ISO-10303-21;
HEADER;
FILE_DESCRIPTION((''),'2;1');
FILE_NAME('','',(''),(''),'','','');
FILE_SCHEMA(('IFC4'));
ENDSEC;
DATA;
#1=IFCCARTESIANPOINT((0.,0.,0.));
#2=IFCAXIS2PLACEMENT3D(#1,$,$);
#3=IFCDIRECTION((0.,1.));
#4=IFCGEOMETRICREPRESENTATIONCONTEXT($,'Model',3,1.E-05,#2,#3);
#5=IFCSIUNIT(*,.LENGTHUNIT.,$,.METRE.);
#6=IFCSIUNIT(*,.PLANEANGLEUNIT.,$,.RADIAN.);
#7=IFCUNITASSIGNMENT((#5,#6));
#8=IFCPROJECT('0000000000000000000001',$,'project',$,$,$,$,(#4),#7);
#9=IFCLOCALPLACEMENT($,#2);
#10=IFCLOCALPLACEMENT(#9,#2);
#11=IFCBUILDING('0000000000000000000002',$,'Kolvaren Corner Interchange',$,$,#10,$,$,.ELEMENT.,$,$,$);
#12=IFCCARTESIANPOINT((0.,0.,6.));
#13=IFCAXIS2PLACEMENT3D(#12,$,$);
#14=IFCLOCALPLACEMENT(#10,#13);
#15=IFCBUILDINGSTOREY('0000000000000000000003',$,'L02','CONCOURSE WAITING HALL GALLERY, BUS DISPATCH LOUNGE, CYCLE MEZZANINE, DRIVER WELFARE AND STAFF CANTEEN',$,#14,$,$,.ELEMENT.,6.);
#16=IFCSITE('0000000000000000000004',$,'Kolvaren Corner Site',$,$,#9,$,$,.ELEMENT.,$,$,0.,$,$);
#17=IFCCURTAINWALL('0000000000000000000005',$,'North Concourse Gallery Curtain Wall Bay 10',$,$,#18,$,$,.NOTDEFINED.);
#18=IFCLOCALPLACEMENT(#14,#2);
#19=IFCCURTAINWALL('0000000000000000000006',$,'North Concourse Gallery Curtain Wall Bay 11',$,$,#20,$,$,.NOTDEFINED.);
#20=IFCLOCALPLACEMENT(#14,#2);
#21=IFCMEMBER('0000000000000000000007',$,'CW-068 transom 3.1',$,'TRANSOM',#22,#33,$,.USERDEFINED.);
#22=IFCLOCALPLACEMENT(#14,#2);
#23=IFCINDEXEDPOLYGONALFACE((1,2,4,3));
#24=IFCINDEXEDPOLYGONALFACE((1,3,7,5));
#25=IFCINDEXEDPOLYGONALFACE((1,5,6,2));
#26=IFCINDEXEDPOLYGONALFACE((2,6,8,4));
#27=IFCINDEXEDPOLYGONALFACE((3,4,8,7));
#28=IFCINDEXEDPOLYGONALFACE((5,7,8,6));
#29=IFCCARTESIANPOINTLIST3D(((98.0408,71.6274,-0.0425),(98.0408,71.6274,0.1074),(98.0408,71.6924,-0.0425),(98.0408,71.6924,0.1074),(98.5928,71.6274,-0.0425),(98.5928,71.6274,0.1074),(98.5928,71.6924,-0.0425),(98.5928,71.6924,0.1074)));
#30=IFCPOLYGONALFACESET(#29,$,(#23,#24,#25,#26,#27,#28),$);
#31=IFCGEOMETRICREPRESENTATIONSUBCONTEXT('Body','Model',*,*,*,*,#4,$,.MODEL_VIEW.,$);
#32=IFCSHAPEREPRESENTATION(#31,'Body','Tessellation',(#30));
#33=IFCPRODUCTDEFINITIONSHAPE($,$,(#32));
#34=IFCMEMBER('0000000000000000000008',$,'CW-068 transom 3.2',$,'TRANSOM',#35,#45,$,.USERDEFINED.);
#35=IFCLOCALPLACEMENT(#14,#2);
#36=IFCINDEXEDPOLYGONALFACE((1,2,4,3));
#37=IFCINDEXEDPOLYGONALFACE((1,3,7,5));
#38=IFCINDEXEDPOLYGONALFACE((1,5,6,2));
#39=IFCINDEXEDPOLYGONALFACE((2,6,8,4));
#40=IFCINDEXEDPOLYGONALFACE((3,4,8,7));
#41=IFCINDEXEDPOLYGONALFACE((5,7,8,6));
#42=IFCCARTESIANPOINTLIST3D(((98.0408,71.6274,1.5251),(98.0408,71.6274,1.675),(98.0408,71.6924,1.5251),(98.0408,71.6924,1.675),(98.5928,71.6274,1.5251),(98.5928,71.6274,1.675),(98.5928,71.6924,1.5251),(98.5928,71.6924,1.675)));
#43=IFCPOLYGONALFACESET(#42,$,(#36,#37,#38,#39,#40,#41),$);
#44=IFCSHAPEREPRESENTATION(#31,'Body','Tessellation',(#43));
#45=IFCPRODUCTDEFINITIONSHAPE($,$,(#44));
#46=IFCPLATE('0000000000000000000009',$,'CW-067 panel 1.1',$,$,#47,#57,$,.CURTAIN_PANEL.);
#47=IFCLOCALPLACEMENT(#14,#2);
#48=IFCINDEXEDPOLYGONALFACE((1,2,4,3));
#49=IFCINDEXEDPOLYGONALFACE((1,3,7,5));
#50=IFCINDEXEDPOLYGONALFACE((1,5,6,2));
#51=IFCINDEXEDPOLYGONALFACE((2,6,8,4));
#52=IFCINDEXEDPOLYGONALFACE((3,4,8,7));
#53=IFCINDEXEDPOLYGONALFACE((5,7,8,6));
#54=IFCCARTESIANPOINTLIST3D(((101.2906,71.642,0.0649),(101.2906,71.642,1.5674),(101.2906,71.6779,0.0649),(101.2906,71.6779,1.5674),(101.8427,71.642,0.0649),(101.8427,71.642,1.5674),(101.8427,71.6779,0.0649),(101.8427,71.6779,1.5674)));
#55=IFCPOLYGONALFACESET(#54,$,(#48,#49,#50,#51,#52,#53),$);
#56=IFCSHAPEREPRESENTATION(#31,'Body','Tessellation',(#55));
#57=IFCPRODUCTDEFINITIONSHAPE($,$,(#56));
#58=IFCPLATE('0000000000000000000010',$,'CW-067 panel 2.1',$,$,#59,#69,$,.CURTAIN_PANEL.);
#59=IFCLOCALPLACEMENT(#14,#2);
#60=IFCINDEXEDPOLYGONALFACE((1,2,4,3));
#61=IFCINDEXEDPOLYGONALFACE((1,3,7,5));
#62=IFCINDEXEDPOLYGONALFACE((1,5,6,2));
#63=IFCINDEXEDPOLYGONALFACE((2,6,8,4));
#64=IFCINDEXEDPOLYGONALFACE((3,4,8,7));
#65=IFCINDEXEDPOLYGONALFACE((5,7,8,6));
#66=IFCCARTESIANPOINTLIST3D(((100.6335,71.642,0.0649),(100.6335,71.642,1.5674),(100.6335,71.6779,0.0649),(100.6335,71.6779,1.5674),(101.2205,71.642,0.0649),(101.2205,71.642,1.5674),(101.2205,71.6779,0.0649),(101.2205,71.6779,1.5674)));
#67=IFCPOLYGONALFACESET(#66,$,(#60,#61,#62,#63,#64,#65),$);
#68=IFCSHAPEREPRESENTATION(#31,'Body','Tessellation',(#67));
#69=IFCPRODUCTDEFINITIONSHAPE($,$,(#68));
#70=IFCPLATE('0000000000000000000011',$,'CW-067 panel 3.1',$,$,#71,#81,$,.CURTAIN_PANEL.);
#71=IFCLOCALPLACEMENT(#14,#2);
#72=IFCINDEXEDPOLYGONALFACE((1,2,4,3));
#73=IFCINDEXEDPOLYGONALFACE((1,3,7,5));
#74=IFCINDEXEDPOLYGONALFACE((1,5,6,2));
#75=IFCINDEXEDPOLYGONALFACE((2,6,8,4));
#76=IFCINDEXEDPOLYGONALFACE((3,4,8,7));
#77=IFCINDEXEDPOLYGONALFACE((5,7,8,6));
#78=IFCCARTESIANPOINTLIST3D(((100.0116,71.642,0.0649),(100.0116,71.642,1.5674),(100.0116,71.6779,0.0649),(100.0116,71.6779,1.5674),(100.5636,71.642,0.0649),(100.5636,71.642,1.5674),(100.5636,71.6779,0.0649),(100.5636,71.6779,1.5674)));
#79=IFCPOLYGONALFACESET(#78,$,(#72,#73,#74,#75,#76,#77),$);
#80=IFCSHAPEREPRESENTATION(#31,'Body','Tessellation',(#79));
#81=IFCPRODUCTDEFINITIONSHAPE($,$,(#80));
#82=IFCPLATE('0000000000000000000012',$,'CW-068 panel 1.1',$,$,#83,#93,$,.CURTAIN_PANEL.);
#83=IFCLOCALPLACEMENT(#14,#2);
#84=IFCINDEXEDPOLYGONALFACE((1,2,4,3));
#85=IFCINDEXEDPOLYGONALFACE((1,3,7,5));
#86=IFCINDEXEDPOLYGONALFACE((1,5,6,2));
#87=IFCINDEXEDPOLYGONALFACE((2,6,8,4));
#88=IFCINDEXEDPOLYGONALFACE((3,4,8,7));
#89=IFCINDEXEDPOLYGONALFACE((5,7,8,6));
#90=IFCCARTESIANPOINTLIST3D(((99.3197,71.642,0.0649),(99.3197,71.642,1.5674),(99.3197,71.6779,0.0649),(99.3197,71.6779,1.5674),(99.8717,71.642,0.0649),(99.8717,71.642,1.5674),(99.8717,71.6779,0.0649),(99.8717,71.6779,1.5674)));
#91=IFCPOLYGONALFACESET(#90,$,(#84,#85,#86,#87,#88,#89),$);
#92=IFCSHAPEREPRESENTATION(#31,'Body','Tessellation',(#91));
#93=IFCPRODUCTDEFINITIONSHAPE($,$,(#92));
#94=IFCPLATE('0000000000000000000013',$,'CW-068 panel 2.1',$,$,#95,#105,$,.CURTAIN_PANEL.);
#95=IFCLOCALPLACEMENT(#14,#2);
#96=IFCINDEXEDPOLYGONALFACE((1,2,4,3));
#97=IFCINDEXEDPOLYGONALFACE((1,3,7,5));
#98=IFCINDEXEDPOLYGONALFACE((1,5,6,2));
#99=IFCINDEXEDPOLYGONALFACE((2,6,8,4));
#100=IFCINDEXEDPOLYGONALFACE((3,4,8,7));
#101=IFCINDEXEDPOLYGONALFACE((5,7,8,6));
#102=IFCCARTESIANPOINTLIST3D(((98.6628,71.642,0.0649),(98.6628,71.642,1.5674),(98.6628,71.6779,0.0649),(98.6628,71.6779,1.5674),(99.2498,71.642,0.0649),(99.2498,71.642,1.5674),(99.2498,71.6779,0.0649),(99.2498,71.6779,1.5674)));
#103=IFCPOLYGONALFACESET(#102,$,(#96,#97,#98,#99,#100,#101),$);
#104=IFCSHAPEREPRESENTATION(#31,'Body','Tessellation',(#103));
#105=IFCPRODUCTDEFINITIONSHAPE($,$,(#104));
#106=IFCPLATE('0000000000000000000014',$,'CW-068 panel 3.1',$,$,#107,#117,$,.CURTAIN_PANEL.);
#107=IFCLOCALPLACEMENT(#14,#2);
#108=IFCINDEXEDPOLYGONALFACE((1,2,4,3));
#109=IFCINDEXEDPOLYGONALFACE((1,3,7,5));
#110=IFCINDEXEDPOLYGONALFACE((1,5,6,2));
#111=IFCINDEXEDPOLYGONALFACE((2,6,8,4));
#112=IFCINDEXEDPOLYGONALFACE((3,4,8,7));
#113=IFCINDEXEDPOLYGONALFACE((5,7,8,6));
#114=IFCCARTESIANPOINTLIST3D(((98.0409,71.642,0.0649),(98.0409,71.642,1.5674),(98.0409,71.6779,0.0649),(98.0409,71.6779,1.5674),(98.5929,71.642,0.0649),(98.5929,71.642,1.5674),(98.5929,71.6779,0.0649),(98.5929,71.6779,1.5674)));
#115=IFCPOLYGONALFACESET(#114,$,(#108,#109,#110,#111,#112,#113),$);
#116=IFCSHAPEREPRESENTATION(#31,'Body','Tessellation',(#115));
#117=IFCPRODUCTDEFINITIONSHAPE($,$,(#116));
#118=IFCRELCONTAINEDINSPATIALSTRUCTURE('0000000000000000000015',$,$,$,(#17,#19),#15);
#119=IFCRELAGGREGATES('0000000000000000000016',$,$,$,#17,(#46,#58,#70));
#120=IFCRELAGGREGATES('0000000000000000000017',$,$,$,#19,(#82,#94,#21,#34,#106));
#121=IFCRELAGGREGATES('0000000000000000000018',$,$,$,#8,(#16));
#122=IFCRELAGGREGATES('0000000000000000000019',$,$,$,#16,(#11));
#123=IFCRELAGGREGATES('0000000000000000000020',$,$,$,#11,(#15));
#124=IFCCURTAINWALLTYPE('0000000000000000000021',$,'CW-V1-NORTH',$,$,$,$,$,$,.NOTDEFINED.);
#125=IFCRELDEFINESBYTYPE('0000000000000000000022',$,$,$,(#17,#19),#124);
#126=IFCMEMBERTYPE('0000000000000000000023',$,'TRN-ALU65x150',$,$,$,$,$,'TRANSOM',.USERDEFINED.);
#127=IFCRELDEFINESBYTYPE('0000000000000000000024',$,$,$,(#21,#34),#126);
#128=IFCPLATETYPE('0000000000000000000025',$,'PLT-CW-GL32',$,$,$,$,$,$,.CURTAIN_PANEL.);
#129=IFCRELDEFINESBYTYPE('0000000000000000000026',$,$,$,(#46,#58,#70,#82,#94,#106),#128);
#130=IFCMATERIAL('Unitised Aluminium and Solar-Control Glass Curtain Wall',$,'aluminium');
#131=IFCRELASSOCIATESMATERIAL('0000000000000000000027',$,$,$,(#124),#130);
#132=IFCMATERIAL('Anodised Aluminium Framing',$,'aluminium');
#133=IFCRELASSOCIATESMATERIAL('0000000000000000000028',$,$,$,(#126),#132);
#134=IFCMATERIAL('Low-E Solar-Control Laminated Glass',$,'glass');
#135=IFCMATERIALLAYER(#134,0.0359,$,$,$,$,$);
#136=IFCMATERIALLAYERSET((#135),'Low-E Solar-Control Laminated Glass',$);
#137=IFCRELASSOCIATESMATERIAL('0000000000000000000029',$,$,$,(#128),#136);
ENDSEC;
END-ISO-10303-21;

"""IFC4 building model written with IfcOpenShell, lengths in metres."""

from ifc_helpers import new_model, si_unit, direction, frame, origin, origin_2d, place, context, subcontext, project, spatial, rectangle, extrude, material, layer, layer_set, material_profile, profile_set, type_object, element, aggregate, save


model = new_model("IFC4")

# Units and contexts
model_context = context("Model", 3, precision=1e-05, world=origin(), true_north=direction((0.0, 1.0)))
body_context = subcontext(model_context, "Body", "Model", "MODEL_VIEW")
ifc_project = project(units=[si_unit("LENGTHUNIT", "METRE"), si_unit("PLANEANGLEUNIT", "RADIAN")], contexts=[model_context])

# Site, building, storey
site_placement = place(None, origin())
site = spatial("IfcSite", under=ifc_project, at=site_placement, Name="Kolvaren Corner Site", CompositionType="ELEMENT", RefElevation=0.0)
building_placement = place(site_placement, origin())
building = spatial("IfcBuilding", under=site, at=building_placement, Name="Kolvaren Corner Interchange", CompositionType="ELEMENT")
storey_placement = place(building_placement, frame((0.0, 0.0, 6.0)))
storey = spatial("IfcBuildingStorey", under=building, at=storey_placement, Name="L02", Description="CONCOURSE WAITING HALL GALLERY, BUS DISPATCH LOUNGE, CYCLE MEZZANINE, DRIVER WELFARE AND STAFF CANTEEN", CompositionType="ELEMENT", Elevation=6.0)

# Curtain walls
ifc_material_1 = material(Name="Unitised Aluminium and Solar-Control Glass Curtain Wall", Category="aluminium")
curtain_wall_type = type_object("IfcCurtainWallType", Name="CW-V1-NORTH", PredefinedType="NOTDEFINED", material=ifc_material_1)
curtain_wall_1_placement = place(storey_placement, origin())
curtain_wall_1 = element("IfcCurtainWall", 1, at=curtain_wall_1_placement, inside=storey, type_object=curtain_wall_type, Name="North Concourse Gallery Curtain Wall Bay 10", PredefinedType="NOTDEFINED")
curtain_wall_2_placement = place(storey_placement, origin())
curtain_wall_2 = element("IfcCurtainWall", 2, at=curtain_wall_2_placement, inside=storey, type_object=curtain_wall_type, Name="North Concourse Gallery Curtain Wall Bay 11", PredefinedType="NOTDEFINED")

# Members
ifc_material_2 = material(Name="Anodised Aluminium Framing", Category="aluminium")
ifc_material_profile_1 = material_profile(ifc_material_2, rectangle(XDim=0.0649, YDim=0.1499, at=origin_2d()), Name="ALU 65x150")
ifc_profile_set_1 = profile_set([ifc_material_profile_1], Name="Anodised Aluminium Framing")
member_type_1 = type_object("IfcMemberType", Name="TRN-ALU65x150", ElementType="TRANSOM", PredefinedType="USERDEFINED", material=ifc_profile_set_1)
member_1_placement = place(storey_placement, frame((98.5928, 71.6599, 0.0325), z_axis=(-1.0, 0.0, 0.0), x_axis=(0.0, -1.0, 0.0)))
member_1 = element("IfcMember", 3, at=member_1_placement, type_object=member_type_1, Name="CW-068 transom 3.1", ObjectType="TRANSOM", PredefinedType="USERDEFINED", context=body_context, shape_type="SweptSolid", body=[
    extrude(rectangle(XDim=0.0649, YDim=0.1499, at=origin_2d()), origin(), (0.0, 0.0, 1.0), 0.552),
])
member_2_placement = place(storey_placement, frame((98.5928, 71.6599, 1.6001), z_axis=(-1.0, 0.0, 0.0), x_axis=(0.0, -1.0, 0.0)))
member_2 = element("IfcMember", 4, at=member_2_placement, type_object=member_type_1, Name="CW-068 transom 3.2", ObjectType="TRANSOM", PredefinedType="USERDEFINED", context=body_context, shape_type="SweptSolid", body=[
    extrude(rectangle(XDim=0.0649, YDim=0.1499, at=origin_2d()), origin(), (0.0, 0.0, 1.0), 0.552),
])

# Plates
ifc_material_3 = material(Name="Low-E Solar-Control Laminated Glass", Category="glass")
ifc_layer = layer(ifc_material_3, 0.0359)
ifc_layer_set = layer_set([ifc_layer], Name="Low-E Solar-Control Laminated Glass")
plate_type = type_object("IfcPlateType", Name="PLT-CW-GL32", PredefinedType="CURTAIN_PANEL", material=ifc_layer_set)
plate_1_placement = place(storey_placement, frame((101.5667, 71.6599, 0.0649), z_axis=(0.0, 0.0, 1.0), x_axis=(-1.0, 0.0, 0.0)))
plate_1 = element("IfcPlate", 5, at=plate_1_placement, type_object=plate_type, Name="CW-067 panel 1.1", PredefinedType="CURTAIN_PANEL", context=body_context, shape_type="SweptSolid", body=[
    extrude(rectangle(XDim=0.552, YDim=0.0359, at=origin_2d()), origin(), (0.0, 0.0, 1.0), 1.5024),
])
plate_2_placement = place(storey_placement, frame((100.927, 71.6599, 0.0649), z_axis=(0.0, 0.0, 1.0), x_axis=(-1.0, 0.0, 0.0)))
plate_2 = element("IfcPlate", 6, at=plate_2_placement, type_object=plate_type, Name="CW-067 panel 2.1", PredefinedType="CURTAIN_PANEL", context=body_context, shape_type="SweptSolid", body=[
    extrude(rectangle(XDim=0.5869, YDim=0.0359, at=origin_2d()), origin(), (0.0, 0.0, 1.0), 1.5024),
])
plate_3_placement = place(storey_placement, frame((100.2876, 71.6599, 0.0649), z_axis=(0.0, 0.0, 1.0), x_axis=(-1.0, 0.0, 0.0)))
plate_3 = element("IfcPlate", 7, at=plate_3_placement, type_object=plate_type, Name="CW-067 panel 3.1", PredefinedType="CURTAIN_PANEL", context=body_context, shape_type="SweptSolid", body=[
    extrude(rectangle(XDim=0.552, YDim=0.0359, at=origin_2d()), origin(), (0.0, 0.0, 1.0), 1.5024),
])
aggregate(curtain_wall_1, [plate_1, plate_2, plate_3])
plate_4_placement = place(storey_placement, frame((99.5957, 71.6599, 0.0649), z_axis=(0.0, 0.0, 1.0), x_axis=(-1.0, 0.0, 0.0)))
plate_4 = element("IfcPlate", 8, at=plate_4_placement, type_object=plate_type, Name="CW-068 panel 1.1", PredefinedType="CURTAIN_PANEL", context=body_context, shape_type="SweptSolid", body=[
    extrude(rectangle(XDim=0.552, YDim=0.0359, at=origin_2d()), origin(), (0.0, 0.0, 1.0), 1.5024),
])
plate_5_placement = place(storey_placement, frame((98.9563, 71.6599, 0.0649), z_axis=(0.0, 0.0, 1.0), x_axis=(-1.0, 0.0, 0.0)))
plate_5 = element("IfcPlate", 9, at=plate_5_placement, type_object=plate_type, Name="CW-068 panel 2.1", PredefinedType="CURTAIN_PANEL", context=body_context, shape_type="SweptSolid", body=[
    extrude(rectangle(XDim=0.5869, YDim=0.0359, at=origin_2d()), origin(), (0.0, 0.0, 1.0), 1.5024),
])
plate_6_placement = place(storey_placement, frame((98.3169, 71.6599, 0.0649), z_axis=(0.0, 0.0, 1.0), x_axis=(-1.0, 0.0, 0.0)))
plate_6 = element("IfcPlate", 10, at=plate_6_placement, type_object=plate_type, Name="CW-068 panel 3.1", PredefinedType="CURTAIN_PANEL", context=body_context, shape_type="SweptSolid", body=[
    extrude(rectangle(XDim=0.552, YDim=0.0359, at=origin_2d()), origin(), (0.0, 0.0, 1.0), 1.5024),
])
aggregate(curtain_wall_2, [plate_4, plate_5, member_1, member_2, plate_6])

save(model, "model.ifc")
